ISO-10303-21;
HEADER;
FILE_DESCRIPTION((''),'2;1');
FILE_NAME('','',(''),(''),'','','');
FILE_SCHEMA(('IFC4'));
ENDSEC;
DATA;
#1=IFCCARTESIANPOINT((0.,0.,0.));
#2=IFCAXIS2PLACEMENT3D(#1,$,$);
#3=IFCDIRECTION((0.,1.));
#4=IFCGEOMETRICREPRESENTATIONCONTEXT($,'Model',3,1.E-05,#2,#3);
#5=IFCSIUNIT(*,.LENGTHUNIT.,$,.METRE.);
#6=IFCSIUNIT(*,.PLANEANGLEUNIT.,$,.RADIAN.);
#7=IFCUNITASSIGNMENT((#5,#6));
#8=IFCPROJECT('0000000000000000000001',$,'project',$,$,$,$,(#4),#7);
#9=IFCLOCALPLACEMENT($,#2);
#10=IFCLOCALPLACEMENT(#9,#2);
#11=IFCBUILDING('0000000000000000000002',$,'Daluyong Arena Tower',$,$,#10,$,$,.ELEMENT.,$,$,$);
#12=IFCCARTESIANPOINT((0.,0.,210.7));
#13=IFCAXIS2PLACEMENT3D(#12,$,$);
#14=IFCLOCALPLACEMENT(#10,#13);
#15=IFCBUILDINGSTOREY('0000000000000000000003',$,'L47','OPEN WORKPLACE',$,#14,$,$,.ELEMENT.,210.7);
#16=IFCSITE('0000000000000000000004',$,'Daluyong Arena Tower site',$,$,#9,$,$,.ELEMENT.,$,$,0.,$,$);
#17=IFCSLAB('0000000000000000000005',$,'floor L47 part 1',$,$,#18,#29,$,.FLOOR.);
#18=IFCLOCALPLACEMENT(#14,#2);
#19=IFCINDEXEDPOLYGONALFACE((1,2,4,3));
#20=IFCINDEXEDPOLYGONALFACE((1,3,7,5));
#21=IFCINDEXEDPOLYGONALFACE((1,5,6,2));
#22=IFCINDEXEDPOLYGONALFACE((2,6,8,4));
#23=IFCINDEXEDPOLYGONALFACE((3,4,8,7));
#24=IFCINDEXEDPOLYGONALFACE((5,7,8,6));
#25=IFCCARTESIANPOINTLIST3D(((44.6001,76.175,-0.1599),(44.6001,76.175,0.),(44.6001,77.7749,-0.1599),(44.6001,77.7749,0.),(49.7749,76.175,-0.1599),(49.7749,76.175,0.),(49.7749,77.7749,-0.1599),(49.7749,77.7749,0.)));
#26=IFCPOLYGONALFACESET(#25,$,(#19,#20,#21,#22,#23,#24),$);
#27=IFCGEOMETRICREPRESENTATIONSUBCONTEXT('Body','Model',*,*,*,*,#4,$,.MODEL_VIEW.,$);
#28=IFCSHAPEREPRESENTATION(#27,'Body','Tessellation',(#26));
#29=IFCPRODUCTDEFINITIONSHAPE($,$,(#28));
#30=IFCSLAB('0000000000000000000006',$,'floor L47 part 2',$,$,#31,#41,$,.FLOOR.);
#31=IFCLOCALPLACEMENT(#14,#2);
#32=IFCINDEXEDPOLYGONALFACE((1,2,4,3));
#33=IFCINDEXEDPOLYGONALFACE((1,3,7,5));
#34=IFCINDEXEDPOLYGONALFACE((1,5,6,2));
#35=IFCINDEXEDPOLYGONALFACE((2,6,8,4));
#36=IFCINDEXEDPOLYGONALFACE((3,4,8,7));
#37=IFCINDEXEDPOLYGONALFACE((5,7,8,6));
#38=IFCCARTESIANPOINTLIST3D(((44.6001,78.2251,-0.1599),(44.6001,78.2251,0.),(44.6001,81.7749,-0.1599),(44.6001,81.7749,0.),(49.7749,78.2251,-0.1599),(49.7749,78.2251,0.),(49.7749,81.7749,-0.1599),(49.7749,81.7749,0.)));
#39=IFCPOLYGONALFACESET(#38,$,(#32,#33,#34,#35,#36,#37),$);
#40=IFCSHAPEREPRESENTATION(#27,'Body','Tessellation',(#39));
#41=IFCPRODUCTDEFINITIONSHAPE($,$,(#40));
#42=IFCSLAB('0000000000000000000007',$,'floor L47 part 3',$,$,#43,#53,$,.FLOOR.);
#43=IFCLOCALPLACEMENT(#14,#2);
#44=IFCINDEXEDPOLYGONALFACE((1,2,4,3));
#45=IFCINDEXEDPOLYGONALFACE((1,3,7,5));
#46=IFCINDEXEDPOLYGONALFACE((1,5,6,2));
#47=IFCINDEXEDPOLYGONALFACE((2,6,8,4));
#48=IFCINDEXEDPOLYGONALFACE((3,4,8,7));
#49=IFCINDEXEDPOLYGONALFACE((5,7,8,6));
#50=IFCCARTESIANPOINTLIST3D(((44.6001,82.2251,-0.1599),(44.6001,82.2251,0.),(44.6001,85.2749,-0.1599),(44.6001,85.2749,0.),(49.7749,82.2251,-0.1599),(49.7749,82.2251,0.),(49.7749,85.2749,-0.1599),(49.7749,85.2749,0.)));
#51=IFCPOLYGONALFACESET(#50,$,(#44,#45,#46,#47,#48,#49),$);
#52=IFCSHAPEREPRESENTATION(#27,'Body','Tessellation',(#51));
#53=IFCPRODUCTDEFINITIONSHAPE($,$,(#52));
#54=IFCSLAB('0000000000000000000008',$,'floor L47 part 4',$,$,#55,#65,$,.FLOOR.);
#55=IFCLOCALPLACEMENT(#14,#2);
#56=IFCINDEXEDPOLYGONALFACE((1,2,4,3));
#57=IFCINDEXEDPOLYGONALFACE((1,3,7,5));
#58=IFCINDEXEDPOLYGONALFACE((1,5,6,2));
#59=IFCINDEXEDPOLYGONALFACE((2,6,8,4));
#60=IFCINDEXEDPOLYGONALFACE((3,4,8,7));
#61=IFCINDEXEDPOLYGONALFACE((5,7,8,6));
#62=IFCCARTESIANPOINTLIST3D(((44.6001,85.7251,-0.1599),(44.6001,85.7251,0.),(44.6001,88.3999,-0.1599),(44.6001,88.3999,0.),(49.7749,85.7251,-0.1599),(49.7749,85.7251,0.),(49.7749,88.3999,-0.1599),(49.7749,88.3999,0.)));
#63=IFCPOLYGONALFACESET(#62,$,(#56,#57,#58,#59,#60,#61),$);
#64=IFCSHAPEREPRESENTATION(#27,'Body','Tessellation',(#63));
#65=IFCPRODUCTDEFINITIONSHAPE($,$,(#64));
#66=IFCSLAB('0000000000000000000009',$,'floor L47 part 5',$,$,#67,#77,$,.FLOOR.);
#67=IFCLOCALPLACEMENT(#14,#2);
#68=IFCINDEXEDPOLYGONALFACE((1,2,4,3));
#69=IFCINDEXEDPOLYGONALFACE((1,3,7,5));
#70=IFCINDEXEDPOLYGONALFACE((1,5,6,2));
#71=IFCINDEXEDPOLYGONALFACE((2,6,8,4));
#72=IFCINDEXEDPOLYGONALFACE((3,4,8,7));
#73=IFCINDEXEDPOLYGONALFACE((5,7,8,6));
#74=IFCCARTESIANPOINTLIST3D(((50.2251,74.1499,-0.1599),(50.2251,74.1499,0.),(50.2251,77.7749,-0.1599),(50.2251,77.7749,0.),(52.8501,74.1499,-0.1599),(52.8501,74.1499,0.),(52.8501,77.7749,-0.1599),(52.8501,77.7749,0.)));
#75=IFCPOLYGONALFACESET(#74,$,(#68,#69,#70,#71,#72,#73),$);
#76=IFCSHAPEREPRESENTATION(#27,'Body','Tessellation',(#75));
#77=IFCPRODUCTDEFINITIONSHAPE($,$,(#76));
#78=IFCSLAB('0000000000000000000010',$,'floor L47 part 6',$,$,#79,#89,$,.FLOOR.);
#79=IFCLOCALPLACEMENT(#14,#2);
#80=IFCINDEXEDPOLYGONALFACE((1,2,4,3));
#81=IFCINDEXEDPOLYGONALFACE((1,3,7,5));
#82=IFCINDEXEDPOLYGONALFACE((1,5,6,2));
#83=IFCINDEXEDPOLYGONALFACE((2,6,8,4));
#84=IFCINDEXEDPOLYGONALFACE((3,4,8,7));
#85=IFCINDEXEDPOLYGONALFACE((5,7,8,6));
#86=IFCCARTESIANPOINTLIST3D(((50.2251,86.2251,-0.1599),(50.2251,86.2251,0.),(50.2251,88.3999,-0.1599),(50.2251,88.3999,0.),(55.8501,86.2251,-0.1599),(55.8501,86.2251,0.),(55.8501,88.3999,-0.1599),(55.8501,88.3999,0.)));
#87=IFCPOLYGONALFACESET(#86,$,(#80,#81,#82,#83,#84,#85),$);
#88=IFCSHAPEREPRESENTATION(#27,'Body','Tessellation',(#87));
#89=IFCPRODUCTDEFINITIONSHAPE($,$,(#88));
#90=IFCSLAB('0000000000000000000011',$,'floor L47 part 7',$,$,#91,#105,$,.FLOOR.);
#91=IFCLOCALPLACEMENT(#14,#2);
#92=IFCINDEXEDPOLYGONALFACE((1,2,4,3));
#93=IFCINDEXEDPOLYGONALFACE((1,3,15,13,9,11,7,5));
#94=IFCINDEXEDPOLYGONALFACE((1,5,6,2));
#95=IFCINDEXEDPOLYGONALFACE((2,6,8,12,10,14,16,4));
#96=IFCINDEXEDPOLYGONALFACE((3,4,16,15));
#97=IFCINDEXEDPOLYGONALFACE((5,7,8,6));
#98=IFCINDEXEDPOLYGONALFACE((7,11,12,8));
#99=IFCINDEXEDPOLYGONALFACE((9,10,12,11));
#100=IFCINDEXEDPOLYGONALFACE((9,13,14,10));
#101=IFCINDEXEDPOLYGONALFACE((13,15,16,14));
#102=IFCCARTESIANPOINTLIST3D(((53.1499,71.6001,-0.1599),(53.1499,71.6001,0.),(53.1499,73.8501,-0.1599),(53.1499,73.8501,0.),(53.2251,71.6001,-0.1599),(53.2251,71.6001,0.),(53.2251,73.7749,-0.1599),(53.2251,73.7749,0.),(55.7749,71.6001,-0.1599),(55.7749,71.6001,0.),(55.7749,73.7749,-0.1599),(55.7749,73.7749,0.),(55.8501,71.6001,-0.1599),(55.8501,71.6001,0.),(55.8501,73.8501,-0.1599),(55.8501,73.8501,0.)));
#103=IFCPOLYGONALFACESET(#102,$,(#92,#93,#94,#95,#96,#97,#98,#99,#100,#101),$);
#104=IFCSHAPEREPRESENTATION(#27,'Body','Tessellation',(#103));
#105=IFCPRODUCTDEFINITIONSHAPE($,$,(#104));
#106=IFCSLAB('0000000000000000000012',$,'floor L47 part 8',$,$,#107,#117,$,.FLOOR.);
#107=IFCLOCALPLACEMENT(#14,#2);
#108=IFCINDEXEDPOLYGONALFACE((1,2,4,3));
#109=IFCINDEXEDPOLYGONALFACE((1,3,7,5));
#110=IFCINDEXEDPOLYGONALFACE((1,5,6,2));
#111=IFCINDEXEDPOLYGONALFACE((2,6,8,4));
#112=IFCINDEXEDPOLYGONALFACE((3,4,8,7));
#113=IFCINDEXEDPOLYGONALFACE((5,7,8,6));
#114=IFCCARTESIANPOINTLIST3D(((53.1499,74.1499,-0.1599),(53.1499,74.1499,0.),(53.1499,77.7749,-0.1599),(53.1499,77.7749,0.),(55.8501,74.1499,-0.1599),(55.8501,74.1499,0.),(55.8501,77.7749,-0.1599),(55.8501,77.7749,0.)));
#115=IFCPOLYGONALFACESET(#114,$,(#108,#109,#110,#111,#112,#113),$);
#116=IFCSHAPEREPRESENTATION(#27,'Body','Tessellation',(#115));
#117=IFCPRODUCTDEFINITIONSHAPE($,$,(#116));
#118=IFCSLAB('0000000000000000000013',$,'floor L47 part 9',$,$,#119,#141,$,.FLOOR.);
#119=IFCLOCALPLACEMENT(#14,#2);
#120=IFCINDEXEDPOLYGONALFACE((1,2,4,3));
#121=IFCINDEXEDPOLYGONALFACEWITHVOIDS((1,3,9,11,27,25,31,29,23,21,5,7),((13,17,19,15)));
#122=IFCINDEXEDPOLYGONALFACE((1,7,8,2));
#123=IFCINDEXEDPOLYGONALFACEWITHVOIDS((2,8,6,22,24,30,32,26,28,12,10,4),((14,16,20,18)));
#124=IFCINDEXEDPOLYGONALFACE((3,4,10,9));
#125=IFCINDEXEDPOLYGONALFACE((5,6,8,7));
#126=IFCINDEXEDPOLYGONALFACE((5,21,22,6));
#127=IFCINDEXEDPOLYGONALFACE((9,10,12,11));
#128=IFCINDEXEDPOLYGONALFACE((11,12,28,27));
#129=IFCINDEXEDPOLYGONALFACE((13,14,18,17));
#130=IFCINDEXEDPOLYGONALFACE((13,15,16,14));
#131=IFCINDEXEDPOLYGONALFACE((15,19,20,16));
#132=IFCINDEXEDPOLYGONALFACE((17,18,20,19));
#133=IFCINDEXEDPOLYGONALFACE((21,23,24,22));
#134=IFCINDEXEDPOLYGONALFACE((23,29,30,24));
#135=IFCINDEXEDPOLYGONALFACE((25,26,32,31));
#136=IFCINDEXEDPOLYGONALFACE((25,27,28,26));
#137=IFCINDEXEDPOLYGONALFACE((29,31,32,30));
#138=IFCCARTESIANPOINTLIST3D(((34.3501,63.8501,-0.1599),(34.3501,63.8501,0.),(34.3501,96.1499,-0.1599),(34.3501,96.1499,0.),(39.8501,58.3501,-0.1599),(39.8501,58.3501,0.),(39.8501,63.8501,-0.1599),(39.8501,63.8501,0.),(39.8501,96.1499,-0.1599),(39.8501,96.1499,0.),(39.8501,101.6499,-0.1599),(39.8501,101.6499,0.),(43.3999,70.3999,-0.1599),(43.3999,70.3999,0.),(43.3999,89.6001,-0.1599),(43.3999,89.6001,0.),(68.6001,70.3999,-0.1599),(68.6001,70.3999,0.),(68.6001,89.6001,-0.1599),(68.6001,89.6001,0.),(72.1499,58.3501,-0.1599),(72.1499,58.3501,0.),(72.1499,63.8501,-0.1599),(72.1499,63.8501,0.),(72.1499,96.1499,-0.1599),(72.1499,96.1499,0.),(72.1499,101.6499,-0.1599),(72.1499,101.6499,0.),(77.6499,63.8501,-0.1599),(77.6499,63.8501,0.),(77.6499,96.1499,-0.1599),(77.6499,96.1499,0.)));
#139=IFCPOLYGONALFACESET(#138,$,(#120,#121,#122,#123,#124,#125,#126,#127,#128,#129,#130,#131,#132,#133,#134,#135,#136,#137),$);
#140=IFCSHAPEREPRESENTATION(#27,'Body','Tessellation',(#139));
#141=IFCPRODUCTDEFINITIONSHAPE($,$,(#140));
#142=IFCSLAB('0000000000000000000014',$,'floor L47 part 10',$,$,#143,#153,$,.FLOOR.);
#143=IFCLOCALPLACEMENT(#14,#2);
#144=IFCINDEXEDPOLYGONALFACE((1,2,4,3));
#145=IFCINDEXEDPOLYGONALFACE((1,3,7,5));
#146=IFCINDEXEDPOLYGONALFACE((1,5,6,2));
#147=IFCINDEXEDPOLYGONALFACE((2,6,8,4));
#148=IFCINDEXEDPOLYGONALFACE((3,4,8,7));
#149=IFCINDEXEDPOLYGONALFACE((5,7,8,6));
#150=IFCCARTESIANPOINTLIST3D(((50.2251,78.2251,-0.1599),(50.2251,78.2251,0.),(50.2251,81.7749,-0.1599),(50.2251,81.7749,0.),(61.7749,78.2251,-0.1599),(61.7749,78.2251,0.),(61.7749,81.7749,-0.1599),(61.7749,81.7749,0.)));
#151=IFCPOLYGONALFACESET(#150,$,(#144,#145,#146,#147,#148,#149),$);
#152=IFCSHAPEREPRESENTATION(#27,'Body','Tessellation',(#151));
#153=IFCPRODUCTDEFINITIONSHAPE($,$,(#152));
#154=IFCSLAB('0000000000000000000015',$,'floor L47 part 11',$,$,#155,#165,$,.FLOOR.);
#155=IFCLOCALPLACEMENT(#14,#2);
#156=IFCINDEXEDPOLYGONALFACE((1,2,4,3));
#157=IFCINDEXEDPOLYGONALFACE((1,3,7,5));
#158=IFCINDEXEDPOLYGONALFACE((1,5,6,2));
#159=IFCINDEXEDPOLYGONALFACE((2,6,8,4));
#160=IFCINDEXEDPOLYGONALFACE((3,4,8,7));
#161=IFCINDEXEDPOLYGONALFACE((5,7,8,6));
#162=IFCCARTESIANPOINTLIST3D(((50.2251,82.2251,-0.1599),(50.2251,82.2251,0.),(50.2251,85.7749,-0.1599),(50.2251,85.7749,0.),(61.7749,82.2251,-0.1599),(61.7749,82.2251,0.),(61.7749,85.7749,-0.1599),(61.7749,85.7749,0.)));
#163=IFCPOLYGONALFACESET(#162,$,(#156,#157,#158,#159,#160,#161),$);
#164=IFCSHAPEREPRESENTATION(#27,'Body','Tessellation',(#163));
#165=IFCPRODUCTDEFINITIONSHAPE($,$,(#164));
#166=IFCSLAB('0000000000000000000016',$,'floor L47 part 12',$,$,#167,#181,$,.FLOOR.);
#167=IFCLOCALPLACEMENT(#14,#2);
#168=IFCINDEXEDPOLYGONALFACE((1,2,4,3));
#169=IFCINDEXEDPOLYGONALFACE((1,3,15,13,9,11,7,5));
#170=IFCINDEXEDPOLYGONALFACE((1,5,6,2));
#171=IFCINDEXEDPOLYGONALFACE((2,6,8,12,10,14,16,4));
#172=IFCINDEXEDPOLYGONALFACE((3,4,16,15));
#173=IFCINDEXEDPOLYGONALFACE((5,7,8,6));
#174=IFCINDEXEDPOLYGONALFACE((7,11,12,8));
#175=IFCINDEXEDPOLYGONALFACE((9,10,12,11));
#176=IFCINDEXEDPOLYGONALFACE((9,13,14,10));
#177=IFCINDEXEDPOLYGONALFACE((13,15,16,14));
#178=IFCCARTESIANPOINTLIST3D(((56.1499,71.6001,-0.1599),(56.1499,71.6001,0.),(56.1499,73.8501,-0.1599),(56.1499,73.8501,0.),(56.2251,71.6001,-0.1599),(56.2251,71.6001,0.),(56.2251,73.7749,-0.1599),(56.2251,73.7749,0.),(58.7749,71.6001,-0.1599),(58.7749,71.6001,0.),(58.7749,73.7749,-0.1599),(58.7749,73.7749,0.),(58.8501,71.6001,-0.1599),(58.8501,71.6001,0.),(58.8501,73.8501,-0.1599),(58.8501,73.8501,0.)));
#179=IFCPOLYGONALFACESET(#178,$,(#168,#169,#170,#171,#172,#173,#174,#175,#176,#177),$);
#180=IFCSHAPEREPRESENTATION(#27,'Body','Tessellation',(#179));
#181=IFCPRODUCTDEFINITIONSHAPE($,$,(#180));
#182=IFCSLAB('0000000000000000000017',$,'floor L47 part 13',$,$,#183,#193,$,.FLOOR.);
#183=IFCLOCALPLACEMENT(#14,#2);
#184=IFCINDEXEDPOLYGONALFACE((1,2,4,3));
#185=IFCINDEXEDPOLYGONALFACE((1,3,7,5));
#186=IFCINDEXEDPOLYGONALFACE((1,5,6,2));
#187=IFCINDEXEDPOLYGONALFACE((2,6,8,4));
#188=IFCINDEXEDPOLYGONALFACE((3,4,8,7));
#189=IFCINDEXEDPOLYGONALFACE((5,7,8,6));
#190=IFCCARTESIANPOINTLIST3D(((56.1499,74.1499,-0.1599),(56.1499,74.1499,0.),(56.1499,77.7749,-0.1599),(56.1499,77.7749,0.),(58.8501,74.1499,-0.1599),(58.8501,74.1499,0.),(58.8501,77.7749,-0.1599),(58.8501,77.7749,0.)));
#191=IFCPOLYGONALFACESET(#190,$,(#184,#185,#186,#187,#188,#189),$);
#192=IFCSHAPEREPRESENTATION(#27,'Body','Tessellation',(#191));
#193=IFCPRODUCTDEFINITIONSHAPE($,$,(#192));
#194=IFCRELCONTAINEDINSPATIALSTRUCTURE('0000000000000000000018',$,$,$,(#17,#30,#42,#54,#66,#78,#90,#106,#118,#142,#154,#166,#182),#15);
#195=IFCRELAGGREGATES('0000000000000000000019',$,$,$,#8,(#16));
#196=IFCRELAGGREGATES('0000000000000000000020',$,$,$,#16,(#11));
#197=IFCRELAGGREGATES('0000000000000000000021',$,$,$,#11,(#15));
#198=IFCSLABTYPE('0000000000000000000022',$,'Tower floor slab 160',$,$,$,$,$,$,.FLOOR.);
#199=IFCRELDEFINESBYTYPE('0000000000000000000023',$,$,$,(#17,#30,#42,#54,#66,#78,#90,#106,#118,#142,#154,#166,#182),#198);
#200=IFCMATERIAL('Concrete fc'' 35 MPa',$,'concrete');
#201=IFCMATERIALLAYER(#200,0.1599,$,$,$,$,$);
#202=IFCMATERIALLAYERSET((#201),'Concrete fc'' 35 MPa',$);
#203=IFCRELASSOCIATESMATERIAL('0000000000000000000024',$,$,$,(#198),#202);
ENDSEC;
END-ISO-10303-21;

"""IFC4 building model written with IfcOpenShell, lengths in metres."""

from ifc_helpers import new_model, si_unit, direction, frame, origin, place, context, subcontext, project, spatial, polyline, outline, extrude, material, layer, layer_set, type_object, element, save


model = new_model("IFC4")

# Units and contexts
model_context = context("Model", 3, precision=1e-05, world=origin(), true_north=direction((0.0, 1.0)))
body_context = subcontext(model_context, "Body", "Model", "MODEL_VIEW")
ifc_project = project(units=[si_unit("LENGTHUNIT", "METRE"), si_unit("PLANEANGLEUNIT", "RADIAN")], contexts=[model_context])

# Site, building, storey
site_placement = place(None, origin())
site = spatial("IfcSite", under=ifc_project, at=site_placement, Name="Daluyong Arena Tower site", CompositionType="ELEMENT", RefElevation=0.0)
building_placement = place(site_placement, origin())
building = spatial("IfcBuilding", under=site, at=building_placement, Name="Daluyong Arena Tower", CompositionType="ELEMENT")
storey_placement = place(building_placement, frame((0.0, 0.0, 210.7)))
storey = spatial("IfcBuildingStorey", under=building, at=storey_placement, Name="L47", Description="OPEN WORKPLACE", CompositionType="ELEMENT", Elevation=210.7)

# Slabs
ifc_material_1 = material(Name="Concrete fc' 35 MPa", Category="concrete")
ifc_layer_1 = layer(ifc_material_1, 0.1599)
ifc_layer_set_1 = layer_set([ifc_layer_1], Name="Concrete fc' 35 MPa")
slab_type = type_object("IfcSlabType", Name="Tower floor slab 160", PredefinedType="FLOOR", material=ifc_layer_set_1)
slab_1_placement = place(storey_placement, frame((0.0, 0.0, -0.1599)))
element("IfcSlab", 1, at=slab_1_placement, inside=storey, type_object=slab_type, Name="floor L47 part 1", PredefinedType="FLOOR", context=body_context, shape_type="SweptSolid", body=[
    extrude(outline(polyline([(49.7749, 77.7749), (44.6001, 77.7749), (44.6001, 76.175), (49.7749, 76.175), (49.7749, 77.7749)])), origin(), (0.0, 0.0, 1.0), 0.1599),
])
slab_2_placement = place(storey_placement, frame((0.0, 0.0, -0.1599)))
element("IfcSlab", 2, at=slab_2_placement, inside=storey, type_object=slab_type, Name="floor L47 part 2", PredefinedType="FLOOR", context=body_context, shape_type="SweptSolid", body=[
    extrude(outline(polyline([(49.7749, 78.2251), (49.7749, 81.7749), (44.6001, 81.7749), (44.6001, 78.2251), (49.7749, 78.2251)])), origin(), (0.0, 0.0, 1.0), 0.1599),
])
slab_3_placement = place(storey_placement, frame((0.0, 0.0, -0.1599)))
element("IfcSlab", 3, at=slab_3_placement, inside=storey, type_object=slab_type, Name="floor L47 part 3", PredefinedType="FLOOR", context=body_context, shape_type="SweptSolid", body=[
    extrude(outline(polyline([(44.6001, 85.2749), (44.6001, 82.2251), (49.7749, 82.2251), (49.7749, 85.2749), (44.6001, 85.2749)])), origin(), (0.0, 0.0, 1.0), 0.1599),
])
slab_4_placement = place(storey_placement, frame((0.0, 0.0, -0.1599)))
element("IfcSlab", 4, at=slab_4_placement, inside=storey, type_object=slab_type, Name="floor L47 part 4", PredefinedType="FLOOR", context=body_context, shape_type="SweptSolid", body=[
    extrude(outline(polyline([(44.6001, 88.3999), (44.6001, 85.7251), (49.7749, 85.7251), (49.7749, 88.3999), (44.6001, 88.3999)])), origin(), (0.0, 0.0, 1.0), 0.1599),
])
slab_5_placement = place(storey_placement, frame((0.0, 0.0, -0.1599)))
element("IfcSlab", 5, at=slab_5_placement, inside=storey, type_object=slab_type, Name="floor L47 part 5", PredefinedType="FLOOR", context=body_context, shape_type="SweptSolid", body=[
    extrude(outline(polyline([(52.8501, 74.1499), (52.8501, 77.7749), (50.2251, 77.7749), (50.2251, 74.1499), (52.8501, 74.1499)])), origin(), (0.0, 0.0, 1.0), 0.1599),
])
slab_6_placement = place(storey_placement, frame((0.0, 0.0, -0.1599)))
element("IfcSlab", 6, at=slab_6_placement, inside=storey, type_object=slab_type, Name="floor L47 part 6", PredefinedType="FLOOR", context=body_context, shape_type="SweptSolid", body=[
    extrude(outline(polyline([(50.2251, 88.3999), (50.2251, 86.2251), (55.8501, 86.2251), (55.8501, 88.3999), (50.2251, 88.3999)])), origin(), (0.0, 0.0, 1.0), 0.1599),
])
slab_7_placement = place(storey_placement, frame((0.0, 0.0, -0.1599)))
element("IfcSlab", 7, at=slab_7_placement, inside=storey, type_object=slab_type, Name="floor L47 part 7", PredefinedType="FLOOR", context=body_context, shape_type="SweptSolid", body=[
    extrude(outline(polyline([(53.2251, 71.6001), (53.2251, 73.7749), (55.7749, 73.7749), (55.7749, 71.6001), (55.8501, 71.6001), (55.8501, 73.8501), (53.1499, 73.8501), (53.1499, 71.6001), (53.2251, 71.6001)])), origin(), (0.0, 0.0, 1.0), 0.1599),
])
slab_8_placement = place(storey_placement, frame((0.0, 0.0, -0.1599)))
element("IfcSlab", 8, at=slab_8_placement, inside=storey, type_object=slab_type, Name="floor L47 part 8", PredefinedType="FLOOR", context=body_context, shape_type="SweptSolid", body=[
    extrude(outline(polyline([(53.1499, 74.1499), (55.8501, 74.1499), (55.8501, 77.7749), (53.1499, 77.7749), (53.1499, 74.1499)])), origin(), (0.0, 0.0, 1.0), 0.1599),
])
slab_9_placement = place(storey_placement, frame((0.0, 0.0, -0.1599)))
element("IfcSlab", 9, at=slab_9_placement, inside=storey, type_object=slab_type, Name="floor L47 part 9", PredefinedType="FLOOR", context=body_context, shape_type="SweptSolid", body=[
    extrude(outline(polyline([(39.8501, 63.8501), (39.8501, 58.3501), (72.1499, 58.3501), (72.1499, 63.8501), (77.6499, 63.8501), (77.6499, 96.1499), (72.1499, 96.1499), (72.1499, 101.6499), (39.8501, 101.6499), (39.8501, 96.1499), (34.3501, 96.1499), (34.3501, 63.8501), (39.8501, 63.8501)]), holes=[polyline([(68.6001, 89.6001), (68.6001, 70.3999), (43.3999, 70.3999), (43.3999, 89.6001), (68.6001, 89.6001)])]), origin(), (0.0, 0.0, 1.0), 0.1599),
])
slab_10_placement = place(storey_placement, frame((0.0, 0.0, -0.1599)))
element("IfcSlab", 10, at=slab_10_placement, inside=storey, type_object=slab_type, Name="floor L47 part 10", PredefinedType="FLOOR", context=body_context, shape_type="SweptSolid", body=[
    extrude(outline(polyline([(50.2251, 81.7749), (50.2251, 78.2251), (61.7749, 78.2251), (61.7749, 81.7749), (50.2251, 81.7749)])), origin(), (0.0, 0.0, 1.0), 0.1599),
])
slab_11_placement = place(storey_placement, frame((0.0, 0.0, -0.1599)))
element("IfcSlab", 11, at=slab_11_placement, inside=storey, type_object=slab_type, Name="floor L47 part 11", PredefinedType="FLOOR", context=body_context, shape_type="SweptSolid", body=[
    extrude(outline(polyline([(50.2251, 85.7749), (50.2251, 82.2251), (61.7749, 82.2251), (61.7749, 85.7749), (50.2251, 85.7749)])), origin(), (0.0, 0.0, 1.0), 0.1599),
])
slab_12_placement = place(storey_placement, frame((0.0, 0.0, -0.1599)))
element("IfcSlab", 12, at=slab_12_placement, inside=storey, type_object=slab_type, Name="floor L47 part 12", PredefinedType="FLOOR", context=body_context, shape_type="SweptSolid", body=[
    extrude(outline(polyline([(56.2251, 71.6001), (56.2251, 73.7749), (58.7749, 73.7749), (58.7749, 71.6001), (58.8501, 71.6001), (58.8501, 73.8501), (56.1499, 73.8501), (56.1499, 71.6001), (56.2251, 71.6001)])), origin(), (0.0, 0.0, 1.0), 0.1599),
])
slab_13_placement = place(storey_placement, frame((0.0, 0.0, -0.1599)))
element("IfcSlab", 13, at=slab_13_placement, inside=storey, type_object=slab_type, Name="floor L47 part 13", PredefinedType="FLOOR", context=body_context, shape_type="SweptSolid", body=[
    extrude(outline(polyline([(58.8501, 77.7749), (56.1499, 77.7749), (56.1499, 74.1499), (58.8501, 74.1499), (58.8501, 77.7749)])), origin(), (0.0, 0.0, 1.0), 0.1599),
])

save(model, "model.ifc")
